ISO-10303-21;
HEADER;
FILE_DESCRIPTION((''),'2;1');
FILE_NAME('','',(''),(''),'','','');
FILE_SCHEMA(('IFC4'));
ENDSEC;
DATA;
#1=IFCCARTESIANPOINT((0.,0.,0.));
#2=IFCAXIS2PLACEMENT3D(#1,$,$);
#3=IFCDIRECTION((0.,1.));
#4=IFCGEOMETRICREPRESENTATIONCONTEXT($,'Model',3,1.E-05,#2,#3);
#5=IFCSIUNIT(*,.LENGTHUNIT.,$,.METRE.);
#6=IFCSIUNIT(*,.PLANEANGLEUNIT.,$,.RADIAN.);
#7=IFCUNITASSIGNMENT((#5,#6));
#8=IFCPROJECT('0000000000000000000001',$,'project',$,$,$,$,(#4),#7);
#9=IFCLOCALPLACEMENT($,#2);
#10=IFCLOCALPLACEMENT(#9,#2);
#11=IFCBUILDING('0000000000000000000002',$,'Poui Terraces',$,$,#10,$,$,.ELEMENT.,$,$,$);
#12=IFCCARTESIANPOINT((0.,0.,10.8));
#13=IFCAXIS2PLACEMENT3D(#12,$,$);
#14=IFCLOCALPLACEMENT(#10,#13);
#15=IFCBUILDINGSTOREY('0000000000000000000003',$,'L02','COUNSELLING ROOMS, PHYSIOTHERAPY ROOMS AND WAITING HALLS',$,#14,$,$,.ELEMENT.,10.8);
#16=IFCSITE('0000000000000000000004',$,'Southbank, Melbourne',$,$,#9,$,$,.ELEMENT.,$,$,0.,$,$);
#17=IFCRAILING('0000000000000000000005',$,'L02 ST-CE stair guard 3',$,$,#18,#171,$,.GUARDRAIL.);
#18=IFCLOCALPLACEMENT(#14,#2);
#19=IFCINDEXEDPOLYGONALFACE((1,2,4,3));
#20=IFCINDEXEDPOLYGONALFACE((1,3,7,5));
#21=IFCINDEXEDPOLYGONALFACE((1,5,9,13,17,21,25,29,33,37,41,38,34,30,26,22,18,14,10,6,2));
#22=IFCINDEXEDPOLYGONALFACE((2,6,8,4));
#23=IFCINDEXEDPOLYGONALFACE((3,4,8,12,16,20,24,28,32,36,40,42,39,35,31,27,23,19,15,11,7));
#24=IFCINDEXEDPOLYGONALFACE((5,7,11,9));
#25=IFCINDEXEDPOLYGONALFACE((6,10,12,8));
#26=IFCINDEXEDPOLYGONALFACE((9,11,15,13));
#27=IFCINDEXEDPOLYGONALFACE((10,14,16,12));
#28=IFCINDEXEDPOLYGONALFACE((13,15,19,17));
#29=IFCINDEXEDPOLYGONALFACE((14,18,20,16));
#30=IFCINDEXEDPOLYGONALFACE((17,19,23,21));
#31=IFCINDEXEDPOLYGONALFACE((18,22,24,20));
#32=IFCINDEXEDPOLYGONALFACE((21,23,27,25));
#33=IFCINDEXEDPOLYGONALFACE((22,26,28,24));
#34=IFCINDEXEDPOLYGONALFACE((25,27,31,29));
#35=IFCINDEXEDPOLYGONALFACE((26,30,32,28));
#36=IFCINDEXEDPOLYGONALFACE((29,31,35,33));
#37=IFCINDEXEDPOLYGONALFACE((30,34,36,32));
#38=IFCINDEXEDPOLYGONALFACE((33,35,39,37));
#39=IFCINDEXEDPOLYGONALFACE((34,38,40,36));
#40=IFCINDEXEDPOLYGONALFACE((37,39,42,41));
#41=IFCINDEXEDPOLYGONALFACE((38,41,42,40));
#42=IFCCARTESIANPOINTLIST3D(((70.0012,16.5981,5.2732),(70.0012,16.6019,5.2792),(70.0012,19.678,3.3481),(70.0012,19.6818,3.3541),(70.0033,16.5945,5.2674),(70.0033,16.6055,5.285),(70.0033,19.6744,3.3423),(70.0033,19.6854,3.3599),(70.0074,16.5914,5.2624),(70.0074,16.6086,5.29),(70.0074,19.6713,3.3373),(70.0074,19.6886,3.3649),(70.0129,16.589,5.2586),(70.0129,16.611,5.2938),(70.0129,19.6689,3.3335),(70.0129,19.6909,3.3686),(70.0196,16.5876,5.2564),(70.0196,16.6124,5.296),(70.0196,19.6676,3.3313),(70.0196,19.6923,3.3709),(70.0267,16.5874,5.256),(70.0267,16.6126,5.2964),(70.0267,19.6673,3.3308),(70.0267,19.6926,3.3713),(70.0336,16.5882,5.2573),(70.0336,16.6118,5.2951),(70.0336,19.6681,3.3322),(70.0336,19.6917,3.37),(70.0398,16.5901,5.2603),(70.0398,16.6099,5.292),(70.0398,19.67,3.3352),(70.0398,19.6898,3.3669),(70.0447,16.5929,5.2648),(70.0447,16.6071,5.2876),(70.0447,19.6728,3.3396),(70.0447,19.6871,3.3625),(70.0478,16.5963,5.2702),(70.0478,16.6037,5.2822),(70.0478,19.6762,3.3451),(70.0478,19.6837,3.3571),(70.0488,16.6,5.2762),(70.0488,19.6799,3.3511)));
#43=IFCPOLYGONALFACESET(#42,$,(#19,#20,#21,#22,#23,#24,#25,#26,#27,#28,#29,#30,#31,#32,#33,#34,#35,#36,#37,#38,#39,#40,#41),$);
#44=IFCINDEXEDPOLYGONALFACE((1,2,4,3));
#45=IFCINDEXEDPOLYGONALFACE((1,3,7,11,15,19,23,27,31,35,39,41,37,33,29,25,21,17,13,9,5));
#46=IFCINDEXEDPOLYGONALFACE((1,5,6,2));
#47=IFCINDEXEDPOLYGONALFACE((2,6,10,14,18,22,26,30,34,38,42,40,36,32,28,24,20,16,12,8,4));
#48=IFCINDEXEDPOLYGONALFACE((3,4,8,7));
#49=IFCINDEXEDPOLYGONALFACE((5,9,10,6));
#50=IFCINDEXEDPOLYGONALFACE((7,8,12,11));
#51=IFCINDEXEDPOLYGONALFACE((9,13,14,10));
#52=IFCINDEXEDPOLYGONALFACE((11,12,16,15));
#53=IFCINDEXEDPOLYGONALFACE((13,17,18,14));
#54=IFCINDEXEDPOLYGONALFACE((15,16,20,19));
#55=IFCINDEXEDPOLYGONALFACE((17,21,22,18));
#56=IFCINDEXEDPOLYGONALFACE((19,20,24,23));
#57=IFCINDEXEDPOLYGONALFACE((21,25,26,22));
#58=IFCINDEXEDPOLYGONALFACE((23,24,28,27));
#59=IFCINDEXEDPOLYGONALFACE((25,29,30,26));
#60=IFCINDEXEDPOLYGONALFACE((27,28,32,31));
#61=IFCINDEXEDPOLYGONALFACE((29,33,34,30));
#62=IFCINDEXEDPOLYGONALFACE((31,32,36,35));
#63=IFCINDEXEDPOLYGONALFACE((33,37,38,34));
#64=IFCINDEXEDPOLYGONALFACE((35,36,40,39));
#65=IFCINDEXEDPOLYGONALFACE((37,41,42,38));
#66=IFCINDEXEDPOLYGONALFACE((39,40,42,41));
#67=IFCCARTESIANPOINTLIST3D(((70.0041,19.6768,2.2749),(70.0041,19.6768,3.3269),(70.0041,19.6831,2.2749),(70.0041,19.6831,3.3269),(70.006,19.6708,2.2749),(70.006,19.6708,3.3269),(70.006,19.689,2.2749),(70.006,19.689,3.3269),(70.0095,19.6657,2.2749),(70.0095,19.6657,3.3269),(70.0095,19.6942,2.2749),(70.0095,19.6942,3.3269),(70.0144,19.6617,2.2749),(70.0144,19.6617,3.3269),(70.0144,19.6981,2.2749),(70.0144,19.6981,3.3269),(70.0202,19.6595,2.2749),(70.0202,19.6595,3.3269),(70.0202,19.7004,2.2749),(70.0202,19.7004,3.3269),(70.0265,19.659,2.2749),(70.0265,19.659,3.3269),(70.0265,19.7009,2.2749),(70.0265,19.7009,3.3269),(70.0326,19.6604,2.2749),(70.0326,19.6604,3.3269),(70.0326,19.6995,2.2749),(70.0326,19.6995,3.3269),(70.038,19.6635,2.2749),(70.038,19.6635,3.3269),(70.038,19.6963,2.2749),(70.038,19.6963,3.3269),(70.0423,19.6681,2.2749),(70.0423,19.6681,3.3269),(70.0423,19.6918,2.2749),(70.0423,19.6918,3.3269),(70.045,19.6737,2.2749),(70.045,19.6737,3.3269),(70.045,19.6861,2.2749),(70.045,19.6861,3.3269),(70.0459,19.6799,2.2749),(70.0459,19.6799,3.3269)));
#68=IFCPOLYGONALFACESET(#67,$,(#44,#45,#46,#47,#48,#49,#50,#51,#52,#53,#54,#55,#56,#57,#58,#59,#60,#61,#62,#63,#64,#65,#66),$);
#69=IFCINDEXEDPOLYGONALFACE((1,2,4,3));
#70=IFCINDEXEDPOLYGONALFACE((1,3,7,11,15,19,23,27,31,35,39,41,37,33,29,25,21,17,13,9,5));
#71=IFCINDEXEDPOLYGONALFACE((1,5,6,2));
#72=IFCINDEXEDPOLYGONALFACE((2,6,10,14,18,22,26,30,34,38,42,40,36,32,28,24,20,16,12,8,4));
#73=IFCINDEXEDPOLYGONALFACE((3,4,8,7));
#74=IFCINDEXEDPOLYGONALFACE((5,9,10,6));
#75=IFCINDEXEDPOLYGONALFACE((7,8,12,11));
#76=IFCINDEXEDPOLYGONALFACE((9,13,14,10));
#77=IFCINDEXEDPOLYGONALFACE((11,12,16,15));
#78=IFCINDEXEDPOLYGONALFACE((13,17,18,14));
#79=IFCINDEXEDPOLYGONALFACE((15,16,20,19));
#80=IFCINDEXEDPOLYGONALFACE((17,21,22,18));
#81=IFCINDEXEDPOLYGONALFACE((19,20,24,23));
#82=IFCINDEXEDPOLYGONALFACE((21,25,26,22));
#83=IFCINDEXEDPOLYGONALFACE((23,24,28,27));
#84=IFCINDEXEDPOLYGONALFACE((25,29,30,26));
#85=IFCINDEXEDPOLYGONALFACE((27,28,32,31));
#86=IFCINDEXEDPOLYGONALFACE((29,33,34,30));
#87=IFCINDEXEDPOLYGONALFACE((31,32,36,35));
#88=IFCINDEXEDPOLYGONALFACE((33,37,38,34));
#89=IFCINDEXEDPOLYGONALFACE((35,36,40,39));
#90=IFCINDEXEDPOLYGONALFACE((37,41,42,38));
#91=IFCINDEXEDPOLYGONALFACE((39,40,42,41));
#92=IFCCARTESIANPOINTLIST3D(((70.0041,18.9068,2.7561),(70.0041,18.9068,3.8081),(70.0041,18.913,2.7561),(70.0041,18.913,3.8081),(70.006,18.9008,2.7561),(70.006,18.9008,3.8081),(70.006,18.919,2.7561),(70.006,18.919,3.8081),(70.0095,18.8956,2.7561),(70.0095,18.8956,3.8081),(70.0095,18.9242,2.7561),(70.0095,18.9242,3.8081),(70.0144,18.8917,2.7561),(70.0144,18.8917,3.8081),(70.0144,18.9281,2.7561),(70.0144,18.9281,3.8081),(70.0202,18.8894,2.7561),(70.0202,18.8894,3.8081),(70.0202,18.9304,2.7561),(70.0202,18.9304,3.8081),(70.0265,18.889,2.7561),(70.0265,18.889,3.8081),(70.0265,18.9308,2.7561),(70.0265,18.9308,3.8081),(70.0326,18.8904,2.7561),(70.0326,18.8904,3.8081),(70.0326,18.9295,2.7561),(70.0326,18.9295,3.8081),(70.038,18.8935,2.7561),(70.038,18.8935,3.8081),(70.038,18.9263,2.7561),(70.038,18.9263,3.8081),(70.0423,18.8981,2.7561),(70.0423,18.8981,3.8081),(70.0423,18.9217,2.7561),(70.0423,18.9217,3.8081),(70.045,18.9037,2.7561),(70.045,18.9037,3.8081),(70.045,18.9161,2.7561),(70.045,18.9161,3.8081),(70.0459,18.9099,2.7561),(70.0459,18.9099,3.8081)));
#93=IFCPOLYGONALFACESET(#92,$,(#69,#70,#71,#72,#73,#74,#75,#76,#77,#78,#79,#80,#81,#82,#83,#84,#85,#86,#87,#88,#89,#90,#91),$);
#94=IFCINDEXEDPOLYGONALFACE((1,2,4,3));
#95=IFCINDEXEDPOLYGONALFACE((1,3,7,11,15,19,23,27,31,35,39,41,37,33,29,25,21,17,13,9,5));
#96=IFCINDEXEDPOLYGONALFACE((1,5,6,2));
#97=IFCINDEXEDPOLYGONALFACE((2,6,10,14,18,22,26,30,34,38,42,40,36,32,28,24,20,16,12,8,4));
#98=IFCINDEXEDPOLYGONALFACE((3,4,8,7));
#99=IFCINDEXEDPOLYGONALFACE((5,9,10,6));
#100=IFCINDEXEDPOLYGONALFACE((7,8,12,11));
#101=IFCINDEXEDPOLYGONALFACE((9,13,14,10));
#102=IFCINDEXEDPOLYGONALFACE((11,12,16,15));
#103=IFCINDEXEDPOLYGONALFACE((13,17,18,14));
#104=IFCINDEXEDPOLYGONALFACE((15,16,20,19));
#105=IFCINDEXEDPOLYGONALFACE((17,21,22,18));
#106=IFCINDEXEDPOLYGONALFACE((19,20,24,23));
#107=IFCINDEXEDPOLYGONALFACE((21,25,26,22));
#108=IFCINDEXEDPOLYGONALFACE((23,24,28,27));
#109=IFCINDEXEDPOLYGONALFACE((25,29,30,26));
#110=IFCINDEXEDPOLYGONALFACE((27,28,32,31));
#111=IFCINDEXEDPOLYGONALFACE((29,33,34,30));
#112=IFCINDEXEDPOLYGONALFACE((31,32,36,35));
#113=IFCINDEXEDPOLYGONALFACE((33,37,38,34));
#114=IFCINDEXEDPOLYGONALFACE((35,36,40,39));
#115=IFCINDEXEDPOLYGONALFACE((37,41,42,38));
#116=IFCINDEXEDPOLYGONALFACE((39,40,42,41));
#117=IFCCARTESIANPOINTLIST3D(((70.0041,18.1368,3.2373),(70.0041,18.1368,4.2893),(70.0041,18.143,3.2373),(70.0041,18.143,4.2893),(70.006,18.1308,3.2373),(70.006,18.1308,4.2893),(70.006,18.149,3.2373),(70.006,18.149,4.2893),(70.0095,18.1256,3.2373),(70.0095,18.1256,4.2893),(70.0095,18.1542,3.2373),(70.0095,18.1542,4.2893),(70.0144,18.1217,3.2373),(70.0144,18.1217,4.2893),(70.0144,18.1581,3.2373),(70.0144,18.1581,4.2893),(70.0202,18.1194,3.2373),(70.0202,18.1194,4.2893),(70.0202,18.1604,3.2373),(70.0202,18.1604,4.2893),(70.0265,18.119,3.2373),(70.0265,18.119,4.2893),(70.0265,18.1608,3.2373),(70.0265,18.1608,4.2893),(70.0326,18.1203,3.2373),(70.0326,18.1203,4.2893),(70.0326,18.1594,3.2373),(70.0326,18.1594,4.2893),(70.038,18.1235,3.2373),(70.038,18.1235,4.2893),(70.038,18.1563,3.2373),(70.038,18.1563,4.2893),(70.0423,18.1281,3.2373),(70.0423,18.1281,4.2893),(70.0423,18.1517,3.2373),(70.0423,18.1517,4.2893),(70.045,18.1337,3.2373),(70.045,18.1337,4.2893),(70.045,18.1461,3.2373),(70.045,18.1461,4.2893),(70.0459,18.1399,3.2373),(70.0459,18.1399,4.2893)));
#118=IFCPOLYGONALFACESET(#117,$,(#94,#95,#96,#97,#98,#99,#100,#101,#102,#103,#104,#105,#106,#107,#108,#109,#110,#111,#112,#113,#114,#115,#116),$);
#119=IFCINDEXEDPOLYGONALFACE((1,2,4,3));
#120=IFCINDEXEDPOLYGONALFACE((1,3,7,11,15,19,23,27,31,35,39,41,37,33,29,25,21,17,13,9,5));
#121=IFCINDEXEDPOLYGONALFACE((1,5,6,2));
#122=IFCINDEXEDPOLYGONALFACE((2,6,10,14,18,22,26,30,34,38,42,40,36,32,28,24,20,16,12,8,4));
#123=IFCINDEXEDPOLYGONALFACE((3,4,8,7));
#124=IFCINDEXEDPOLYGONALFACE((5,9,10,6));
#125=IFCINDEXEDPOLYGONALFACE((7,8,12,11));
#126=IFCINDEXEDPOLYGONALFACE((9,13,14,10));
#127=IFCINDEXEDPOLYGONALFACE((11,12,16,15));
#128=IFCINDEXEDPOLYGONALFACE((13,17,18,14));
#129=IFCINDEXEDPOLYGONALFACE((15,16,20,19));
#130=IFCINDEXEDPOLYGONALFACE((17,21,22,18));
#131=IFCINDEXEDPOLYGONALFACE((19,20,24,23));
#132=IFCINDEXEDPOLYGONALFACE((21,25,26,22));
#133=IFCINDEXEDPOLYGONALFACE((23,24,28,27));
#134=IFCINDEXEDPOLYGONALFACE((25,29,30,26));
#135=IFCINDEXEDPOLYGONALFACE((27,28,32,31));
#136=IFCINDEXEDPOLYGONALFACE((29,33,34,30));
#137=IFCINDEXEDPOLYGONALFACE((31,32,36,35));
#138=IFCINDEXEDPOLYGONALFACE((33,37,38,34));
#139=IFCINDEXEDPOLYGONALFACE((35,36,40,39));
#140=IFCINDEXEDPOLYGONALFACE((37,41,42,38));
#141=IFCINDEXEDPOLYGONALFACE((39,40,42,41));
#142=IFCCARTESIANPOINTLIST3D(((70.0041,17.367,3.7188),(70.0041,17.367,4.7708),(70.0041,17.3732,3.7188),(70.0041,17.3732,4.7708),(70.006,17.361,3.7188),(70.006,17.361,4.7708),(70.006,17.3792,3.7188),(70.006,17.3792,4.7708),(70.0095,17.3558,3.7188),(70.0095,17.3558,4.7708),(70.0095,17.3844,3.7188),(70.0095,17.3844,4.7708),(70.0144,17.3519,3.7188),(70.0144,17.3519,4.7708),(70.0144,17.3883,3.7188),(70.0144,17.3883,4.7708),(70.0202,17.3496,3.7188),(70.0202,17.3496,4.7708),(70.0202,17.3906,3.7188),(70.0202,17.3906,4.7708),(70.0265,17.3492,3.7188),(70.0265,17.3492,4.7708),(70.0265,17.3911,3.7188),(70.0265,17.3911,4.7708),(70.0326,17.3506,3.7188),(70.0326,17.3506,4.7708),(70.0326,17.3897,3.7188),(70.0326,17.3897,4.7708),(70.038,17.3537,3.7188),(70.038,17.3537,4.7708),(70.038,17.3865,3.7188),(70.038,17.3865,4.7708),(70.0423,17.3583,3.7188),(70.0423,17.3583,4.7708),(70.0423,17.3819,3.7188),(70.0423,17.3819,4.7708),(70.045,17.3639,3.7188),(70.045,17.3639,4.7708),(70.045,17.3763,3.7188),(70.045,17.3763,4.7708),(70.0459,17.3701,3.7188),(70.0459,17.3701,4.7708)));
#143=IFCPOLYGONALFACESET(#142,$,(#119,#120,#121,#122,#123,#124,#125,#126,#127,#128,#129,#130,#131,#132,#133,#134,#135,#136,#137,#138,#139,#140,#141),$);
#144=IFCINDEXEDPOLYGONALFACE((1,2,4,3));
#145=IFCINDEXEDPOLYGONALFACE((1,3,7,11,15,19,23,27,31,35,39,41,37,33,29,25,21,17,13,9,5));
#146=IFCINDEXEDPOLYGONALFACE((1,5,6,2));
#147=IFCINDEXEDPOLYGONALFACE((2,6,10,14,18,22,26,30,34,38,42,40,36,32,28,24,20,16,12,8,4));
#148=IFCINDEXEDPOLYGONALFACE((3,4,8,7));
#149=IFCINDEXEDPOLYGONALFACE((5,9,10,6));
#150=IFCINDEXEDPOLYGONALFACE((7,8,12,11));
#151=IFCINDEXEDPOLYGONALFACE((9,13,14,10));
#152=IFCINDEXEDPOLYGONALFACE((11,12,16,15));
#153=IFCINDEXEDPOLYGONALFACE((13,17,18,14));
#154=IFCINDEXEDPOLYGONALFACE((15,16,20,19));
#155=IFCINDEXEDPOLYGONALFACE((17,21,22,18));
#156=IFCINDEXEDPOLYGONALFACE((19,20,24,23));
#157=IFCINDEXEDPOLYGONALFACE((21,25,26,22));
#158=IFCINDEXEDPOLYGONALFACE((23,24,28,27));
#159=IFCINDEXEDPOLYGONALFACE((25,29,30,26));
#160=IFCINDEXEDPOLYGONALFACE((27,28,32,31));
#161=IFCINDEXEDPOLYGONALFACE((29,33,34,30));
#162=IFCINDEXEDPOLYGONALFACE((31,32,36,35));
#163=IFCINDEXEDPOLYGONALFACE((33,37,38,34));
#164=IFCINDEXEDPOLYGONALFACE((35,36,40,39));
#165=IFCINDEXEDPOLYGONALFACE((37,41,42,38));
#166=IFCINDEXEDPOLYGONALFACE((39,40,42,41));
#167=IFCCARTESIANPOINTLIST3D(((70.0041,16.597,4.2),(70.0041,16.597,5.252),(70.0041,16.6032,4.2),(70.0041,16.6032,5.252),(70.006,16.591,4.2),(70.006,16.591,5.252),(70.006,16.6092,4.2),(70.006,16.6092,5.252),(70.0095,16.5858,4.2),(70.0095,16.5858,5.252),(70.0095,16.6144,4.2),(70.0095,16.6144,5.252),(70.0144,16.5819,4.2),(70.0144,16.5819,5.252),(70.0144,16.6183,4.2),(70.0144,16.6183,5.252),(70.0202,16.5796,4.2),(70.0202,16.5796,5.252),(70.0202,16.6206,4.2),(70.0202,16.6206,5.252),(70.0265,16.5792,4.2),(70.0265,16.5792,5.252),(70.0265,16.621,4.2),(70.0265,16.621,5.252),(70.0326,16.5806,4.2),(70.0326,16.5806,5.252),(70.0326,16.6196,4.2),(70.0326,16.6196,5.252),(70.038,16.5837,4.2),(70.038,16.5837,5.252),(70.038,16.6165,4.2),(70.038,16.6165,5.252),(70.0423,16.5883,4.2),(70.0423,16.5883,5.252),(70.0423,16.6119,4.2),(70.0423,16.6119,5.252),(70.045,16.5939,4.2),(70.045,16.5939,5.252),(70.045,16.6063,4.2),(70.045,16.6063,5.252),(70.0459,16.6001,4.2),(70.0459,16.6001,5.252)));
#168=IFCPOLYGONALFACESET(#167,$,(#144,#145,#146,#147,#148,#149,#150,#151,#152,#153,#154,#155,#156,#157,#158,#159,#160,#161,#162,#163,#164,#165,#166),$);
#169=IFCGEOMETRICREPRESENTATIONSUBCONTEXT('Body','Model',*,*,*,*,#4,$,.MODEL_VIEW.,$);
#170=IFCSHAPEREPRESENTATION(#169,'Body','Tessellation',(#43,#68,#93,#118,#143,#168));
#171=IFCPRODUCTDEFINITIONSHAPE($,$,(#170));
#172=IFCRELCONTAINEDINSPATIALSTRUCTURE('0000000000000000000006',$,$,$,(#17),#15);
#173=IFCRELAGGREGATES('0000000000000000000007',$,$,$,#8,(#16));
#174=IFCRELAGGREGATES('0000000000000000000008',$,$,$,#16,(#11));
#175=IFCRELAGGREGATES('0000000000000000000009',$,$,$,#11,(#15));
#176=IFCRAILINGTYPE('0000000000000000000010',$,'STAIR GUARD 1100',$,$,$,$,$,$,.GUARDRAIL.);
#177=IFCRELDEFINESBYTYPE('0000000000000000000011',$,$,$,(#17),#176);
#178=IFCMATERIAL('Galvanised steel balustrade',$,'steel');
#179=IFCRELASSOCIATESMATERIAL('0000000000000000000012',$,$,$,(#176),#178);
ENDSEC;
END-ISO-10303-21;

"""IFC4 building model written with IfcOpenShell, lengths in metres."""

from ifc_helpers import new_model, si_unit, direction, frame, origin, origin_2d, place, context, subcontext, project, spatial, circle, extrude, material, type_object, element, save


model = new_model("IFC4")

# Units and contexts
model_context = context("Model", 3, precision=1e-05, world=origin(), true_north=direction((0.0, 1.0)))
body_context = subcontext(model_context, "Body", "Model", "MODEL_VIEW")
ifc_project = project(units=[si_unit("LENGTHUNIT", "METRE"), si_unit("PLANEANGLEUNIT", "RADIAN")], contexts=[model_context])

# Site, building, storey
site_placement = place(None, origin())
site = spatial("IfcSite", under=ifc_project, at=site_placement, Name="Southbank, Melbourne", CompositionType="ELEMENT", RefElevation=0.0)
building_placement = place(site_placement, origin())
building = spatial("IfcBuilding", under=site, at=building_placement, Name="Poui Terraces", CompositionType="ELEMENT")
storey_placement = place(building_placement, frame((0.0, 0.0, 10.8)))
storey = spatial("IfcBuildingStorey", under=building, at=storey_placement, Name="L02", Description="COUNSELLING ROOMS, PHYSIOTHERAPY ROOMS AND WAITING HALLS", CompositionType="ELEMENT", Elevation=10.8)

# Railing
ifc_material_1 = material(Name="Galvanised steel balustrade", Category="steel")
railing_type = type_object("IfcRailingType", Name="STAIR GUARD 1100", PredefinedType="GUARDRAIL", material=ifc_material_1)
railing_1_placement = place(storey_placement, frame((70.0249, 19.6799, 2.2749)))
element("IfcRailing", 1, at=railing_1_placement, inside=storey, type_object=railing_type, Name="L02 ST-CE stair guard 3", PredefinedType="GUARDRAIL", context=body_context, shape_type="SweptSolid", body=[
    extrude(circle(Radius=0.0239, at=origin_2d()), frame((0.0, 0.0, 1.0762), z_axis=(0.0, -0.847979, 0.530029), x_axis=(1.0, 0.0, 0.0)), (0.0, 0.0, 1.0), 3.6321),
    extrude(circle(Radius=0.021, at=origin_2d()), origin(), (0.0, 0.0, 1.0), 1.052),
    extrude(circle(Radius=0.021, at=origin_2d()), frame((0.0, -0.77, 0.4812)), (0.0, 0.0, 1.0), 1.052),
    extrude(circle(Radius=0.021, at=origin_2d()), frame((0.0, -1.54, 0.9624)), (0.0, 0.0, 1.0), 1.052),
    extrude(circle(Radius=0.021, at=origin_2d()), frame((0.0, -2.3098, 1.4438)), (0.0, 0.0, 1.0), 1.052),
    extrude(circle(Radius=0.021, at=origin_2d()), frame((0.0, -3.0798, 1.925)), (0.0, 0.0, 1.0), 1.052),
])

save(model, "model.ifc")
